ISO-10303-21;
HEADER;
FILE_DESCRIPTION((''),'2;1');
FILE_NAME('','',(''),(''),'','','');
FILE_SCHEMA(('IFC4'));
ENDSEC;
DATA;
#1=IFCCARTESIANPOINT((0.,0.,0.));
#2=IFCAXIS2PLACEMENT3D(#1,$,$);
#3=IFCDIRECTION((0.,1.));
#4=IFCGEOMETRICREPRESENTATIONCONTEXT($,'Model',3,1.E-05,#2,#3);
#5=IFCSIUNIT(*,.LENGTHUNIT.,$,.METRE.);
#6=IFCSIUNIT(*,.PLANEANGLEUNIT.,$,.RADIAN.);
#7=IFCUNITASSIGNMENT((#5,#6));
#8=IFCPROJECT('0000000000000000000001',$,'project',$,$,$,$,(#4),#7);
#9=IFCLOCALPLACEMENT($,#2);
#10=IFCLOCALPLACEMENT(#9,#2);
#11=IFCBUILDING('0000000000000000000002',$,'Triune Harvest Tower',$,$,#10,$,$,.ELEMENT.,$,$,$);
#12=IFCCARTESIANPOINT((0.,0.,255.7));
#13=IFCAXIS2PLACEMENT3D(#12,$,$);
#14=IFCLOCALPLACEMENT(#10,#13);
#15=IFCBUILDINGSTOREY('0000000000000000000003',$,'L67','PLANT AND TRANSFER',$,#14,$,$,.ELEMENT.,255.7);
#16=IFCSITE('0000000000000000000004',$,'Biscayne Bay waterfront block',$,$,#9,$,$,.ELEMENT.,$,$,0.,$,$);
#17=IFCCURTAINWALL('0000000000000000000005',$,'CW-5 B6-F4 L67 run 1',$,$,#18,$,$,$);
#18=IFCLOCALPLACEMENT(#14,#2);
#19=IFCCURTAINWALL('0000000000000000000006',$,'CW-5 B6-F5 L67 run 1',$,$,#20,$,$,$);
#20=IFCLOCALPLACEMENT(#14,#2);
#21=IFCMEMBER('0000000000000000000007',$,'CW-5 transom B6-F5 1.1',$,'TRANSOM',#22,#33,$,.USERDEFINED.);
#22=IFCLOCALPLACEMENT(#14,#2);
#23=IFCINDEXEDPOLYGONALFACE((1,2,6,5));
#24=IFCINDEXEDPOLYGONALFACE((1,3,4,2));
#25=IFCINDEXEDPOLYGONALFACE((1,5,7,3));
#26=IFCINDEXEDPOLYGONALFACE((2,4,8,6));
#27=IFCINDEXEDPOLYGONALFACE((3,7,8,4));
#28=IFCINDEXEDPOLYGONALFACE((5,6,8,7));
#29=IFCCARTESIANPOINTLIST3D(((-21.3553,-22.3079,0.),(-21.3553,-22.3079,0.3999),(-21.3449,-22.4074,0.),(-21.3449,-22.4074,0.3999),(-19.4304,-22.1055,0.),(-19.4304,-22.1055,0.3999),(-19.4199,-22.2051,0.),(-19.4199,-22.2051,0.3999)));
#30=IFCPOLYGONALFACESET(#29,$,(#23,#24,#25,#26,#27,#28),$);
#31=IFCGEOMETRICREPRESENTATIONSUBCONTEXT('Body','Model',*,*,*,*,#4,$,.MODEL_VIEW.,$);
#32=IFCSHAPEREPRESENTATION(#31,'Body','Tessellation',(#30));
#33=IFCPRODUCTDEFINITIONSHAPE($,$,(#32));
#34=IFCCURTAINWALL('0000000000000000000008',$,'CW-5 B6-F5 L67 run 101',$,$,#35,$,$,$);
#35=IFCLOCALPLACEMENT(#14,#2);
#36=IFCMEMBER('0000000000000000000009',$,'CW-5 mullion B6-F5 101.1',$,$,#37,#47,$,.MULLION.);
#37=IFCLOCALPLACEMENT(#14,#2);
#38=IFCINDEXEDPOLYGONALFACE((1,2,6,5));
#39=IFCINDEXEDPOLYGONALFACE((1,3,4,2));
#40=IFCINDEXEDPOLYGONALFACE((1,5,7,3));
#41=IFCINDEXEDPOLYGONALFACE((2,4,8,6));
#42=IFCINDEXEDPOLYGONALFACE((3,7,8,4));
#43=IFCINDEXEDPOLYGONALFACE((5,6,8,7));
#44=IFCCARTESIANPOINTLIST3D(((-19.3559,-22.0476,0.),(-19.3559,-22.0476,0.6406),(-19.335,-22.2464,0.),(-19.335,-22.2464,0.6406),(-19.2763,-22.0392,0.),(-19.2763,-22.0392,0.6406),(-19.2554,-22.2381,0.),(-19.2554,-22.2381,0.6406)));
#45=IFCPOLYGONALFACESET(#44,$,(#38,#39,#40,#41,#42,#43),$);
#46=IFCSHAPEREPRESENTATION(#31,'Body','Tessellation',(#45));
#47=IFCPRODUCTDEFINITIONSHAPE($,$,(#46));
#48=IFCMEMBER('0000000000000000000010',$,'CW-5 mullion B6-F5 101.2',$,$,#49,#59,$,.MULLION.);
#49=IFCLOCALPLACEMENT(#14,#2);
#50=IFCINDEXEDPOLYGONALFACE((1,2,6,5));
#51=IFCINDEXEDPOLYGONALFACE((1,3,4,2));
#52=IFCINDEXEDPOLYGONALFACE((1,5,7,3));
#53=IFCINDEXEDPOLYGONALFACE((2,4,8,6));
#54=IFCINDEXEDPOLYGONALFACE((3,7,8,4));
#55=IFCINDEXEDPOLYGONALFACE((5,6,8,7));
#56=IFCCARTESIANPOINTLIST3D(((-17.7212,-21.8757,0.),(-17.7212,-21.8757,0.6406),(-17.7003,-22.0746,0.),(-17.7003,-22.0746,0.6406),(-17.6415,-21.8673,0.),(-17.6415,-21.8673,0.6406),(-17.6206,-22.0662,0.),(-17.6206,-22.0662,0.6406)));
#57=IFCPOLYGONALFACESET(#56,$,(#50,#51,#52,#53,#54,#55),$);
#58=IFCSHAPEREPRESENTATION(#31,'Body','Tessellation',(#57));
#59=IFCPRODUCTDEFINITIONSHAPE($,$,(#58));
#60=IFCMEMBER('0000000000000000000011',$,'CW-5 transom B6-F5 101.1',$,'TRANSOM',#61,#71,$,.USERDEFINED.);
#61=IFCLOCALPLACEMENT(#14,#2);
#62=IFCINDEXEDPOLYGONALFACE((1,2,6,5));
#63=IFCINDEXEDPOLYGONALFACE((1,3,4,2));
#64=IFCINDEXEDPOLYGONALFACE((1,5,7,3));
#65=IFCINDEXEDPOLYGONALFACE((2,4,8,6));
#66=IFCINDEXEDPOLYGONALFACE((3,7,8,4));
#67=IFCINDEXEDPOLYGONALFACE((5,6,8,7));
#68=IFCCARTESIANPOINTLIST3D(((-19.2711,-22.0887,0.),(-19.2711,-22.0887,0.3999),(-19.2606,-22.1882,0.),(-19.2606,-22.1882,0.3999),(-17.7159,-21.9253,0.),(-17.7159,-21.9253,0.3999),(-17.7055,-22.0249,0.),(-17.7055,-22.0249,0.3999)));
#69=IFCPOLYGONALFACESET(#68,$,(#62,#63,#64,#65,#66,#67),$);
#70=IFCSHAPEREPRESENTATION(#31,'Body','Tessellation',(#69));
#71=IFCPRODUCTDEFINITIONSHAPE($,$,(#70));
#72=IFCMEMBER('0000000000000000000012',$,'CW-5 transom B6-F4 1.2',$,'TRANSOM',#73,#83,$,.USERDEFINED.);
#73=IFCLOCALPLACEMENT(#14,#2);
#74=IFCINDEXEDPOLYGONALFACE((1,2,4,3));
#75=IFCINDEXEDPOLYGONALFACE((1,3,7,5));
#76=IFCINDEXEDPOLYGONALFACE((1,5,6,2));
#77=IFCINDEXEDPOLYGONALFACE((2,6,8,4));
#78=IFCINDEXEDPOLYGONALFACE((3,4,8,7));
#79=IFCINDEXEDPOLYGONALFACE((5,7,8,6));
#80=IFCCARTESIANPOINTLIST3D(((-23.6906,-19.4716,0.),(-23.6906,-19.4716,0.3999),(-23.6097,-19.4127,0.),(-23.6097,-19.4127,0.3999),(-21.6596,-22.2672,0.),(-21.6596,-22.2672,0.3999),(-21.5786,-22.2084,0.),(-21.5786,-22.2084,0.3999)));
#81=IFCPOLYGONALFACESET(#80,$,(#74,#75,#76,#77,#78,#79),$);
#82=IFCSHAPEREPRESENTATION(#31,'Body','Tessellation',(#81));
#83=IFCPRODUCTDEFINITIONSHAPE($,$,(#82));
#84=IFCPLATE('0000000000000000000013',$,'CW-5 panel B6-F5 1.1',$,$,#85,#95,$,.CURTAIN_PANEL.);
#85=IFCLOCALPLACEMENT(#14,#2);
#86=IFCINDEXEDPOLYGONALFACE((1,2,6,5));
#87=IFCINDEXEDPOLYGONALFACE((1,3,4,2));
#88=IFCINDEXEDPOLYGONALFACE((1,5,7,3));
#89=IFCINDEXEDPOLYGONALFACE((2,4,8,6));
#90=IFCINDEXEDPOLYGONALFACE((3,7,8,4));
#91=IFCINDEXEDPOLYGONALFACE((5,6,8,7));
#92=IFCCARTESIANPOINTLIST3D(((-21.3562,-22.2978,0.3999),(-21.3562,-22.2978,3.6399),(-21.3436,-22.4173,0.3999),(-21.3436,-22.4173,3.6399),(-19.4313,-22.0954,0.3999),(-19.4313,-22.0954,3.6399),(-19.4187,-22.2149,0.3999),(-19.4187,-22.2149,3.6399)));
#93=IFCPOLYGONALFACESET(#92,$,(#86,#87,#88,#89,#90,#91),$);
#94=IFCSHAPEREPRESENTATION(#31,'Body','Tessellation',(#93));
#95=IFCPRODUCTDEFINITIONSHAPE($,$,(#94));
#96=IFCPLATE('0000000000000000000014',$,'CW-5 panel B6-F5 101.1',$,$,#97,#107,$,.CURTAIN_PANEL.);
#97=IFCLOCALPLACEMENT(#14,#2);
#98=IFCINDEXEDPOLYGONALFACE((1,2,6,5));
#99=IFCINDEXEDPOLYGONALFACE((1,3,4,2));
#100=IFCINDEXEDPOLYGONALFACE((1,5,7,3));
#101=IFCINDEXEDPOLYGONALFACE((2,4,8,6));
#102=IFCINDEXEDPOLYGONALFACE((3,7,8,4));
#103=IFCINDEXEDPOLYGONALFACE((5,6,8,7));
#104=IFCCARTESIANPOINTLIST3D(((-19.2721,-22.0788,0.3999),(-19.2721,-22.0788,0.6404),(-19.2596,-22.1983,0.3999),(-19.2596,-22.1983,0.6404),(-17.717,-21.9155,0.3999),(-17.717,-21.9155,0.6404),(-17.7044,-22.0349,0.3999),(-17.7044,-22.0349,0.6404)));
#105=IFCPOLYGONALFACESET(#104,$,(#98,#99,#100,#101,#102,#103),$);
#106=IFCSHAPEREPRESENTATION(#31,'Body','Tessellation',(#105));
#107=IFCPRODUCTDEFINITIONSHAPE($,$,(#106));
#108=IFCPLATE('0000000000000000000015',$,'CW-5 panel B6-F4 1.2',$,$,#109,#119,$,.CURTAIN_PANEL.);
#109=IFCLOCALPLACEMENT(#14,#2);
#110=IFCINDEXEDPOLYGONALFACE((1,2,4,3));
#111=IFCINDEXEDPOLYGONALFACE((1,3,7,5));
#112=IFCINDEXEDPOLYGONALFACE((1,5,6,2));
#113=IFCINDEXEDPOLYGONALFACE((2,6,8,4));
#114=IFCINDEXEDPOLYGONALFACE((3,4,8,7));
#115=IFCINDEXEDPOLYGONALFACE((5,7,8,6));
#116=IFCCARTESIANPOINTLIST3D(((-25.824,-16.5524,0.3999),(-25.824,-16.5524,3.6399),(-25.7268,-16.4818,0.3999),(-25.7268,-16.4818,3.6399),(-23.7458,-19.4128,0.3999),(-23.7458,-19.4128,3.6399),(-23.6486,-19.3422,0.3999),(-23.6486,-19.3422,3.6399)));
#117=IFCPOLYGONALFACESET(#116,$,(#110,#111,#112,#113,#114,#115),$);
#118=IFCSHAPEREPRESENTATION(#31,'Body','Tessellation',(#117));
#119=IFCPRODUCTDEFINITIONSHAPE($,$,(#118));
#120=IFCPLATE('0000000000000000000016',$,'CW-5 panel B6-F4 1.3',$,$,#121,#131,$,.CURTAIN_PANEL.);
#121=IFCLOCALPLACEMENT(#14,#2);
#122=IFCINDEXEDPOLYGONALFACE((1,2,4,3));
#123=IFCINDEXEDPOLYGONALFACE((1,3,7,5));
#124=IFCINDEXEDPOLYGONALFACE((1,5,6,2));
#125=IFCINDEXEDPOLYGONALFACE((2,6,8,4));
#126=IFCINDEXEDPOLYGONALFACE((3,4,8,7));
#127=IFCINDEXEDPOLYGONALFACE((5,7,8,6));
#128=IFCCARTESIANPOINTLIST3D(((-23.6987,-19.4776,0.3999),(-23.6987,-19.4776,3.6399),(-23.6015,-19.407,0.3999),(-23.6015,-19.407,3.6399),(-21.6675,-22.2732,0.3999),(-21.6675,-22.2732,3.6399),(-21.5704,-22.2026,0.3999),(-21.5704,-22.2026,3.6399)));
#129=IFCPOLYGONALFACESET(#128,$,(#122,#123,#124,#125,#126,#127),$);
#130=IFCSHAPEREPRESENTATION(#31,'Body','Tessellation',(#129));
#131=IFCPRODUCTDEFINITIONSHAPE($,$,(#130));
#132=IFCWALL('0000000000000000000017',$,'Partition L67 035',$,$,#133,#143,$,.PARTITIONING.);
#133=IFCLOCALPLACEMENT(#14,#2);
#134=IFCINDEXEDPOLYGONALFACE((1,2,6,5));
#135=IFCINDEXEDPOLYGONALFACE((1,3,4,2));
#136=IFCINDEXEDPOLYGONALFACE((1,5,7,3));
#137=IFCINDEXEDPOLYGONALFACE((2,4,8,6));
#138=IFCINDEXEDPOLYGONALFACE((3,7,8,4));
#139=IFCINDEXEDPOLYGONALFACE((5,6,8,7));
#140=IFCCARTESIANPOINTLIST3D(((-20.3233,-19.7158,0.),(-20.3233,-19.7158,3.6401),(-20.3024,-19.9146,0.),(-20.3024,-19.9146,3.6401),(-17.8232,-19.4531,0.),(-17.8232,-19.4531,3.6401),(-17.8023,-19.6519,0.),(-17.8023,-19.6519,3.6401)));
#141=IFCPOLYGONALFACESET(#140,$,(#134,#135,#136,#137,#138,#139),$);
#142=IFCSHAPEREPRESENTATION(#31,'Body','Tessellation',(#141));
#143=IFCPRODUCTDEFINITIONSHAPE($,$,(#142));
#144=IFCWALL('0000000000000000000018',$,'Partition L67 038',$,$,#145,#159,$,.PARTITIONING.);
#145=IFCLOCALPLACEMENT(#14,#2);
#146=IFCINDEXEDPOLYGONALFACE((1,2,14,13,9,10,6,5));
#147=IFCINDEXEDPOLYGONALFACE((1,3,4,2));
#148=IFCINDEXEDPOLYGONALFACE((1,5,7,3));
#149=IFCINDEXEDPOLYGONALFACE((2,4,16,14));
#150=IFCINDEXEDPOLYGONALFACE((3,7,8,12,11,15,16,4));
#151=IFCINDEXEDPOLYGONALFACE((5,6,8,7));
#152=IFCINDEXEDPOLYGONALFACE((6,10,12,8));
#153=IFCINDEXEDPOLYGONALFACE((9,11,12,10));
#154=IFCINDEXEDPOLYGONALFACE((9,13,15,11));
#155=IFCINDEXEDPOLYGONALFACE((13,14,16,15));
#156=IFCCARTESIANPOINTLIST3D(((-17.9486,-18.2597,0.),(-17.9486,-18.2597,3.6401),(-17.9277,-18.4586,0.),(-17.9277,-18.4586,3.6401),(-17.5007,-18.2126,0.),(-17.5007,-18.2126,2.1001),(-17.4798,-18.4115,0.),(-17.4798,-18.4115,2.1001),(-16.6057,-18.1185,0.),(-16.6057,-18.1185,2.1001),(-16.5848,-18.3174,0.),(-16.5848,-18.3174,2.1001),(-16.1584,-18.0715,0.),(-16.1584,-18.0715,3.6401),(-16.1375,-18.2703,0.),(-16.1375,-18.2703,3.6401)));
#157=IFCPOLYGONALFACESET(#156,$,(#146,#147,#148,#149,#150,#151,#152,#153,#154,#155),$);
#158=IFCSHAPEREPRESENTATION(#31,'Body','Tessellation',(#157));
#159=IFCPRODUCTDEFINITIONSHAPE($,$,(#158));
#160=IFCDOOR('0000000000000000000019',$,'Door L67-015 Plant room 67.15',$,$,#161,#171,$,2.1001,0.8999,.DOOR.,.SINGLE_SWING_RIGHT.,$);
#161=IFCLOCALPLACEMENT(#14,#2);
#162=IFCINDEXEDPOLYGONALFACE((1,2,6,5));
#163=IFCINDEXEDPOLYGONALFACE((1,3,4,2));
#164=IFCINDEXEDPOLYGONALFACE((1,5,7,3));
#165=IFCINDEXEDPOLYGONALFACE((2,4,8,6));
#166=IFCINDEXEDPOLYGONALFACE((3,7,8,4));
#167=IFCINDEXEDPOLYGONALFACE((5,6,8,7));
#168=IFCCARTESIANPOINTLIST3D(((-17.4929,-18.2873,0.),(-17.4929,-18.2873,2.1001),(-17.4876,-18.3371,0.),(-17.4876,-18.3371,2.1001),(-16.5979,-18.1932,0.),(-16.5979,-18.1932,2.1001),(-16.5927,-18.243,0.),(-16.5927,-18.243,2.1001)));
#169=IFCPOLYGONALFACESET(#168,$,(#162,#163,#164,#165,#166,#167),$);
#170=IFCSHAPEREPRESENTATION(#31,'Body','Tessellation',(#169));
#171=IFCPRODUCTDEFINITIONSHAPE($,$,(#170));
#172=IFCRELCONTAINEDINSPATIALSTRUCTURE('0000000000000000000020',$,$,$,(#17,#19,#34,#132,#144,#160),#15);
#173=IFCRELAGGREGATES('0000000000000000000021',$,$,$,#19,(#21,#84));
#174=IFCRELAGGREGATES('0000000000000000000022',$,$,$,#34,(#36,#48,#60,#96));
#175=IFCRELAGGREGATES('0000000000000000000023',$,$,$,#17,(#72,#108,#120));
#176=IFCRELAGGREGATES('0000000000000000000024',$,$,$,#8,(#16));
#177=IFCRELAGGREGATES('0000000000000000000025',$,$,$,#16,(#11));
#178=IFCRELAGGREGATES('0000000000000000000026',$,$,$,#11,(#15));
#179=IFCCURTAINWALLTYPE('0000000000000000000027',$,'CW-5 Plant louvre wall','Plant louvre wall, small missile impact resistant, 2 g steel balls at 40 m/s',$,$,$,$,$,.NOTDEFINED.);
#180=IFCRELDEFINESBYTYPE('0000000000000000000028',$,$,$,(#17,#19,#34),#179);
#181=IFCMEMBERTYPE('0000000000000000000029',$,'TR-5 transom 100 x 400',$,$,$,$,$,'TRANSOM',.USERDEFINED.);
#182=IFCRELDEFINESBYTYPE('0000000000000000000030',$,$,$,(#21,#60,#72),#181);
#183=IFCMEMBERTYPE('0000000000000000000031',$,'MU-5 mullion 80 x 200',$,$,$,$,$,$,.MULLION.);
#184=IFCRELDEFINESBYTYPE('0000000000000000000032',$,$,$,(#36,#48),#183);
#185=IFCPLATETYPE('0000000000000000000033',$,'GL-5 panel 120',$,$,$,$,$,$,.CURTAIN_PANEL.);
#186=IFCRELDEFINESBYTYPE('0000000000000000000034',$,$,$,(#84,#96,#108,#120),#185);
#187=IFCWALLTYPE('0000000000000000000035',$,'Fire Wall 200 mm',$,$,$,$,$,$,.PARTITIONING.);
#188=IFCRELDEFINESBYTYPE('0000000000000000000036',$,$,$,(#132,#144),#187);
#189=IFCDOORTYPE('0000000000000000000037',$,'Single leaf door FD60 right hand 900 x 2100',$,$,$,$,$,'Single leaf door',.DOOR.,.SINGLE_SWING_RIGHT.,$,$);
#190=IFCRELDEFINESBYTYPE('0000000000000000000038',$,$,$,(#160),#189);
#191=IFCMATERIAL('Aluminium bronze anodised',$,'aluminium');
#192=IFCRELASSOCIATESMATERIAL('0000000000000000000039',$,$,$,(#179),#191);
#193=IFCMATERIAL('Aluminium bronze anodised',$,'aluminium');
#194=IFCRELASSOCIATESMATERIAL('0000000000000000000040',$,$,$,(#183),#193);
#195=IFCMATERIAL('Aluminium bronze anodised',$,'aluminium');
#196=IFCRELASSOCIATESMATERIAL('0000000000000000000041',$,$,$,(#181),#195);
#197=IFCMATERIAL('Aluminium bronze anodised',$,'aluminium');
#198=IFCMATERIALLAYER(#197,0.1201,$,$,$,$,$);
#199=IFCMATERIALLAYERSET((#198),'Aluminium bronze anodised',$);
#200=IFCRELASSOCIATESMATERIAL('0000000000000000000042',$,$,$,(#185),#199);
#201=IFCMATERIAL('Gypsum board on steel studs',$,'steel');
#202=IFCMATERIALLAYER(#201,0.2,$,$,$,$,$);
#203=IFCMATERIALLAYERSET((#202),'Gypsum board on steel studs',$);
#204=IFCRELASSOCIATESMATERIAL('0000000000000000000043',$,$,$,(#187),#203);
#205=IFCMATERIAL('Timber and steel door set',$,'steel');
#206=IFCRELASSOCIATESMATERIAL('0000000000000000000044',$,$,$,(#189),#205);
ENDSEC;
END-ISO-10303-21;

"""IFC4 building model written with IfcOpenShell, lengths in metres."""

from ifc_helpers import new_model, si_unit, direction, frame, frame_2d, origin, origin_2d, place, context, subcontext, project, spatial, rectangle, extrude, source, transform, mapped, material, layer, layer_set, material_profile, profile_set, type_object, element, fill, aggregate, save


model = new_model("IFC4")

# Units and contexts
model_context = context("Model", 3, precision=1e-05, world=origin(), true_north=direction((0.0, 1.0)))
body_context = subcontext(model_context, "Body", "Model", "MODEL_VIEW")
ifc_project = project(units=[si_unit("LENGTHUNIT", "METRE"), si_unit("PLANEANGLEUNIT", "RADIAN")], contexts=[model_context])

# Site, building, storey
site_placement = place(None, origin())
site = spatial("IfcSite", under=ifc_project, at=site_placement, Name="Biscayne Bay waterfront block", CompositionType="ELEMENT", RefElevation=0.0)
building_placement = place(site_placement, origin())
building = spatial("IfcBuilding", under=site, at=building_placement, Name="Triune Harvest Tower", CompositionType="ELEMENT")
storey_placement = place(building_placement, frame((0.0, 0.0, 255.7)))
storey = spatial("IfcBuildingStorey", under=building, at=storey_placement, Name="L67", Description="PLANT AND TRANSFER", CompositionType="ELEMENT", Elevation=255.7)

# Curtain walls
ifc_material_1 = material(Name="Aluminium bronze anodised", Category="aluminium")
curtain_wall_type = type_object("IfcCurtainWallType", Name="CW-5 Plant louvre wall", Description="Plant louvre wall, small missile impact resistant, 2 g steel balls at 40 m/s", PredefinedType="NOTDEFINED", material=ifc_material_1)
curtain_wall_1_placement = place(storey_placement, origin())
curtain_wall_1 = element("IfcCurtainWall", 1, at=curtain_wall_1_placement, inside=storey, type_object=curtain_wall_type, Name="CW-5 B6-F4 L67 run 1")
ifc_material_2 = material(Name="Aluminium bronze anodised", Category="aluminium")
ifc_material_profile_1 = material_profile(ifc_material_2, rectangle(XDim=0.2, YDim=0.0801, at=origin_2d()), Name="MU-5 mullion 80 x 200")
ifc_profile_set_1 = profile_set([ifc_material_profile_1], Name="Aluminium bronze anodised")
member_type_1 = type_object("IfcMemberType", Name="MU-5 mullion 80 x 200", PredefinedType="MULLION", material=ifc_profile_set_1)
curtain_wall_2_placement = place(storey_placement, origin())
curtain_wall_2 = element("IfcCurtainWall", 2, at=curtain_wall_2_placement, inside=storey, type_object=curtain_wall_type, Name="CW-5 B6-F5 L67 run 1")

# Member
ifc_material_3 = material(Name="Aluminium bronze anodised", Category="aluminium")
ifc_material_profile_2 = material_profile(ifc_material_3, rectangle(XDim=0.1001, YDim=0.3999, at=origin_2d()), Name="TR-5 transom 100 x 400")
ifc_profile_set_2 = profile_set([ifc_material_profile_2], Name="Aluminium bronze anodised")
member_type_2 = type_object("IfcMemberType", Name="TR-5 transom 100 x 400", ElementType="TRANSOM", PredefinedType="USERDEFINED", material=ifc_profile_set_2)
shared_shape_1 = source(origin(), body_context, "Body", "SweptSolid", [
    extrude(rectangle(XDim=0.1001, YDim=0.3999, at=origin_2d()), origin(), (0.0, 0.0, 1.0), 1.9355),
])
member_1_placement = place(storey_placement, frame((-21.3501, -22.3577, 0.2), z_axis=(0.994519, 0.10456, 0.0), x_axis=(-0.10456, 0.994519, 0.0)))
member_1 = element("IfcMember", 3, at=member_1_placement, type_object=member_type_2, Name="CW-5 transom B6-F5 1.1", ObjectType="TRANSOM", PredefinedType="USERDEFINED", context=body_context, shape_type="MappedRepresentation", body=[
    mapped(shared_shape_1, transform((0.0, 0.0, 0.0), scale=1.0)),
])

# Curtain wall, members
curtain_wall_3_placement = place(storey_placement, origin())
curtain_wall_3 = element("IfcCurtainWall", 4, at=curtain_wall_3_placement, inside=storey, type_object=curtain_wall_type, Name="CW-5 B6-F5 L67 run 101")
shared_shape_2 = source(origin(), body_context, "Body", "SweptSolid", [
    extrude(rectangle(XDim=0.2, YDim=0.0801, at=origin_2d()), origin(), (0.0, 0.0, 1.0), 0.6406),
])
member_2_placement = place(storey_placement, frame((-19.3057, -22.1428, 0.0), z_axis=(0.0, 0.0, 1.0), x_axis=(-0.104476, 0.994527, 0.0)))
member_2 = element("IfcMember", 5, at=member_2_placement, type_object=member_type_1, Name="CW-5 mullion B6-F5 101.1", PredefinedType="MULLION", context=body_context, shape_type="MappedRepresentation", body=[
    mapped(shared_shape_2, transform((0.0, 0.0, 0.0), scale=1.0)),
])
member_3_placement = place(storey_placement, frame((-17.6709, -21.9709, 0.0), z_axis=(0.0, 0.0, 1.0), x_axis=(-0.104476, 0.994527, 0.0)))
member_3 = element("IfcMember", 6, at=member_3_placement, type_object=member_type_1, Name="CW-5 mullion B6-F5 101.2", PredefinedType="MULLION", context=body_context, shape_type="MappedRepresentation", body=[
    mapped(shared_shape_2, transform((0.0, 0.0, 0.0), scale=1.0)),
])
shared_shape_3 = source(origin(), body_context, "Body", "SweptSolid", [
    extrude(rectangle(XDim=0.1001, YDim=0.3999, at=origin_2d()), origin(), (0.0, 0.0, 1.0), 1.5637),
])
member_4_placement = place(storey_placement, frame((-19.2659, -22.1384, 0.2), z_axis=(0.99453, 0.104449, 0.0), x_axis=(-0.104449, 0.99453, 0.0)))
member_4 = element("IfcMember", 7, at=member_4_placement, type_object=member_type_2, Name="CW-5 transom B6-F5 101.1", ObjectType="TRANSOM", PredefinedType="USERDEFINED", context=body_context, shape_type="MappedRepresentation", body=[
    mapped(shared_shape_3, transform((0.0, 0.0, 0.0), scale=1.0)),
])

# Member
shared_shape_4 = source(origin(), body_context, "Body", "SweptSolid", [
    extrude(rectangle(XDim=0.1001, YDim=0.3999, at=origin_2d()), origin(), (0.0, 0.0, 1.0), 3.4556),
])
member_5_placement = place(storey_placement, frame((-23.6501, -19.4421, 0.2), z_axis=(0.587756, -0.809038, 0.0), x_axis=(0.809038, 0.587756, 0.0)))
member_5 = element("IfcMember", 8, at=member_5_placement, type_object=member_type_2, Name="CW-5 transom B6-F4 1.2", ObjectType="TRANSOM", PredefinedType="USERDEFINED", context=body_context, shape_type="MappedRepresentation", body=[
    mapped(shared_shape_4, transform((0.0, 0.0, 0.0), scale=1.0)),
])

# Plates
ifc_material_4 = material(Name="Aluminium bronze anodised", Category="aluminium")
ifc_layer_1 = layer(ifc_material_4, 0.1201)
ifc_layer_set_1 = layer_set([ifc_layer_1], Name="Aluminium bronze anodised")
plate_type = type_object("IfcPlateType", Name="GL-5 panel 120", PredefinedType="CURTAIN_PANEL", material=ifc_layer_set_1)
plate_1_placement = place(storey_placement, frame((-20.3875, -22.2563, 0.3999), z_axis=(0.0, 0.0, 1.0), x_axis=(0.994519, 0.104553, 0.0)))
plate_1 = element("IfcPlate", 9, at=plate_1_placement, type_object=plate_type, Name="CW-5 panel B6-F5 1.1", PredefinedType="CURTAIN_PANEL", context=body_context, shape_type="SweptSolid", body=[
    extrude(rectangle(XDim=1.9355, YDim=0.1201, at=origin_2d()), origin(), (0.0, 0.0, 1.0), 3.24),
])
aggregate(curtain_wall_2, [member_1, plate_1])
shared_shape_5 = source(origin(), body_context, "Body", "SweptSolid", [
    extrude(rectangle(XDim=1.5637, YDim=0.1201, at=origin_2d()), origin(), (0.0, 0.0, 1.0), 0.2405),
])
plate_2_placement = place(storey_placement, frame((-18.4883, -22.0569, 0.3999), z_axis=(0.0, 0.0, 1.0), x_axis=(0.994527, 0.104476, 0.0)))
plate_2 = element("IfcPlate", 10, at=plate_2_placement, type_object=plate_type, Name="CW-5 panel B6-F5 101.1", PredefinedType="CURTAIN_PANEL", context=body_context, shape_type="MappedRepresentation", body=[
    mapped(shared_shape_5, transform((0.0, 0.0, 0.0), scale=1.0)),
])
aggregate(curtain_wall_3, [member_2, member_3, member_4, plate_2])
shared_shape_6 = source(origin(), body_context, "Body", "SweptSolid", [
    extrude(rectangle(XDim=3.5356, YDim=0.1201, at=origin_2d()), origin(), (0.0, 0.0, 1.0), 3.24),
])
plate_3_placement = place(storey_placement, frame((-24.7363, -17.9473, 0.3999), z_axis=(0.0, 0.0, 1.0), x_axis=(0.587789, -0.809014, 0.0)))
plate_3 = element("IfcPlate", 11, at=plate_3_placement, type_object=plate_type, Name="CW-5 panel B6-F4 1.2", PredefinedType="CURTAIN_PANEL", context=body_context, shape_type="MappedRepresentation", body=[
    mapped(shared_shape_6, transform((0.0, 0.0, 0.0), scale=1.0)),
])
shared_shape_7 = source(origin(), body_context, "Body", "SweptSolid", [
    extrude(rectangle(XDim=3.4556, YDim=0.1201, at=origin_2d()), origin(), (0.0, 0.0, 1.0), 3.24),
])
plate_4_placement = place(storey_placement, frame((-22.6345, -20.8401, 0.3999), z_axis=(0.0, 0.0, 1.0), x_axis=(0.587789, -0.809014, 0.0)))
plate_4 = element("IfcPlate", 12, at=plate_4_placement, type_object=plate_type, Name="CW-5 panel B6-F4 1.3", PredefinedType="CURTAIN_PANEL", context=body_context, shape_type="MappedRepresentation", body=[
    mapped(shared_shape_7, transform((0.0, 0.0, 0.0), scale=1.0)),
])
aggregate(curtain_wall_1, [member_5, plate_3, plate_4])

# Wall
ifc_material_5 = material(Name="Gypsum board on steel studs", Category="steel")
ifc_layer_2 = layer(ifc_material_5, 0.2)
ifc_layer_set_2 = layer_set([ifc_layer_2], Name="Gypsum board on steel studs")
wall_type = type_object("IfcWallType", Name="Fire Wall 200 mm", PredefinedType="PARTITIONING", material=ifc_layer_set_2)
wall_1_placement = place(storey_placement, frame((-20.3127, -19.8152, 0.0), z_axis=(0.0, 0.0, 1.0), x_axis=(0.994526, 0.104493, 0.0)))
element("IfcWall", 13, at=wall_1_placement, inside=storey, type_object=wall_type, Name="Partition L67 035", PredefinedType="PARTITIONING", context=body_context, shape_type="SweptSolid", body=[
    extrude(rectangle(XDim=2.5139, YDim=0.2, at=frame_2d((1.2568, 0.0))), origin(), (0.0, 0.0, 1.0), 3.6401),
])

# Wall, opening, door
shared_shape_8 = source(origin(), body_context, "Body", "SweptSolid", [
    extrude(rectangle(XDim=1.8, YDim=0.2, at=frame_2d((0.8999, 0.0))), origin(), (0.0, 0.0, 1.0), 3.6401),
])
wall_2_placement = place(storey_placement, frame((-17.938, -18.3591, 0.0), z_axis=(0.0, 0.0, 1.0), x_axis=(0.994518, 0.104565, 0.0)))
wall_2 = element("IfcWall", 14, at=wall_2_placement, inside=storey, type_object=wall_type, Name="Partition L67 038", PredefinedType="PARTITIONING", context=body_context, shape_type="MappedRepresentation", body=[
    mapped(shared_shape_8, transform((0.0, 0.0, 0.0), scale=1.0)),
])
opening_placement = place(wall_2_placement, frame((0.4502, 0.0, 0.0)))
opening = element("IfcOpeningElement", 15, at=opening_placement, cuts=wall_2, PredefinedType="OPENING", context=body_context, shape_type="SweptSolid", body=[
    extrude(rectangle(XDim=0.8999, YDim=2.1001, at=frame_2d((0.45, 1.05))), frame((0.0, 0.1099, 0.0), z_axis=(0.0, -1.0, 0.0), x_axis=(1.0, 0.0, 0.0)), (0.0, 0.0, 1.0), 0.22),
])
ifc_material_6 = material(Name="Timber and steel door set", Category="steel")
door_type = type_object("IfcDoorType", Name="Single leaf door FD60 right hand 900 x 2100", ElementType="Single leaf door", OperationType="SINGLE_SWING_RIGHT", PredefinedType="DOOR", material=ifc_material_6)
door_placement = place(opening_placement, origin())
door = element("IfcDoor", 16, at=door_placement, inside=storey, type_object=door_type, Name="Door L67-015 Plant room 67.15", OperationType="SINGLE_SWING_RIGHT", OverallHeight=2.1001, OverallWidth=0.8999, PredefinedType="DOOR", context=body_context, shape_type="SweptSolid", body=[
    extrude(rectangle(XDim=0.8999, YDim=2.1001, at=frame_2d((0.45, 1.05))), frame((0.0, 0.0249, 0.0), z_axis=(0.0, -1.0, 0.0), x_axis=(1.0, 0.0, 0.0)), (0.0, 0.0, 1.0), 0.05),
])
fill(opening, door)

save(model, "model.ifc")
